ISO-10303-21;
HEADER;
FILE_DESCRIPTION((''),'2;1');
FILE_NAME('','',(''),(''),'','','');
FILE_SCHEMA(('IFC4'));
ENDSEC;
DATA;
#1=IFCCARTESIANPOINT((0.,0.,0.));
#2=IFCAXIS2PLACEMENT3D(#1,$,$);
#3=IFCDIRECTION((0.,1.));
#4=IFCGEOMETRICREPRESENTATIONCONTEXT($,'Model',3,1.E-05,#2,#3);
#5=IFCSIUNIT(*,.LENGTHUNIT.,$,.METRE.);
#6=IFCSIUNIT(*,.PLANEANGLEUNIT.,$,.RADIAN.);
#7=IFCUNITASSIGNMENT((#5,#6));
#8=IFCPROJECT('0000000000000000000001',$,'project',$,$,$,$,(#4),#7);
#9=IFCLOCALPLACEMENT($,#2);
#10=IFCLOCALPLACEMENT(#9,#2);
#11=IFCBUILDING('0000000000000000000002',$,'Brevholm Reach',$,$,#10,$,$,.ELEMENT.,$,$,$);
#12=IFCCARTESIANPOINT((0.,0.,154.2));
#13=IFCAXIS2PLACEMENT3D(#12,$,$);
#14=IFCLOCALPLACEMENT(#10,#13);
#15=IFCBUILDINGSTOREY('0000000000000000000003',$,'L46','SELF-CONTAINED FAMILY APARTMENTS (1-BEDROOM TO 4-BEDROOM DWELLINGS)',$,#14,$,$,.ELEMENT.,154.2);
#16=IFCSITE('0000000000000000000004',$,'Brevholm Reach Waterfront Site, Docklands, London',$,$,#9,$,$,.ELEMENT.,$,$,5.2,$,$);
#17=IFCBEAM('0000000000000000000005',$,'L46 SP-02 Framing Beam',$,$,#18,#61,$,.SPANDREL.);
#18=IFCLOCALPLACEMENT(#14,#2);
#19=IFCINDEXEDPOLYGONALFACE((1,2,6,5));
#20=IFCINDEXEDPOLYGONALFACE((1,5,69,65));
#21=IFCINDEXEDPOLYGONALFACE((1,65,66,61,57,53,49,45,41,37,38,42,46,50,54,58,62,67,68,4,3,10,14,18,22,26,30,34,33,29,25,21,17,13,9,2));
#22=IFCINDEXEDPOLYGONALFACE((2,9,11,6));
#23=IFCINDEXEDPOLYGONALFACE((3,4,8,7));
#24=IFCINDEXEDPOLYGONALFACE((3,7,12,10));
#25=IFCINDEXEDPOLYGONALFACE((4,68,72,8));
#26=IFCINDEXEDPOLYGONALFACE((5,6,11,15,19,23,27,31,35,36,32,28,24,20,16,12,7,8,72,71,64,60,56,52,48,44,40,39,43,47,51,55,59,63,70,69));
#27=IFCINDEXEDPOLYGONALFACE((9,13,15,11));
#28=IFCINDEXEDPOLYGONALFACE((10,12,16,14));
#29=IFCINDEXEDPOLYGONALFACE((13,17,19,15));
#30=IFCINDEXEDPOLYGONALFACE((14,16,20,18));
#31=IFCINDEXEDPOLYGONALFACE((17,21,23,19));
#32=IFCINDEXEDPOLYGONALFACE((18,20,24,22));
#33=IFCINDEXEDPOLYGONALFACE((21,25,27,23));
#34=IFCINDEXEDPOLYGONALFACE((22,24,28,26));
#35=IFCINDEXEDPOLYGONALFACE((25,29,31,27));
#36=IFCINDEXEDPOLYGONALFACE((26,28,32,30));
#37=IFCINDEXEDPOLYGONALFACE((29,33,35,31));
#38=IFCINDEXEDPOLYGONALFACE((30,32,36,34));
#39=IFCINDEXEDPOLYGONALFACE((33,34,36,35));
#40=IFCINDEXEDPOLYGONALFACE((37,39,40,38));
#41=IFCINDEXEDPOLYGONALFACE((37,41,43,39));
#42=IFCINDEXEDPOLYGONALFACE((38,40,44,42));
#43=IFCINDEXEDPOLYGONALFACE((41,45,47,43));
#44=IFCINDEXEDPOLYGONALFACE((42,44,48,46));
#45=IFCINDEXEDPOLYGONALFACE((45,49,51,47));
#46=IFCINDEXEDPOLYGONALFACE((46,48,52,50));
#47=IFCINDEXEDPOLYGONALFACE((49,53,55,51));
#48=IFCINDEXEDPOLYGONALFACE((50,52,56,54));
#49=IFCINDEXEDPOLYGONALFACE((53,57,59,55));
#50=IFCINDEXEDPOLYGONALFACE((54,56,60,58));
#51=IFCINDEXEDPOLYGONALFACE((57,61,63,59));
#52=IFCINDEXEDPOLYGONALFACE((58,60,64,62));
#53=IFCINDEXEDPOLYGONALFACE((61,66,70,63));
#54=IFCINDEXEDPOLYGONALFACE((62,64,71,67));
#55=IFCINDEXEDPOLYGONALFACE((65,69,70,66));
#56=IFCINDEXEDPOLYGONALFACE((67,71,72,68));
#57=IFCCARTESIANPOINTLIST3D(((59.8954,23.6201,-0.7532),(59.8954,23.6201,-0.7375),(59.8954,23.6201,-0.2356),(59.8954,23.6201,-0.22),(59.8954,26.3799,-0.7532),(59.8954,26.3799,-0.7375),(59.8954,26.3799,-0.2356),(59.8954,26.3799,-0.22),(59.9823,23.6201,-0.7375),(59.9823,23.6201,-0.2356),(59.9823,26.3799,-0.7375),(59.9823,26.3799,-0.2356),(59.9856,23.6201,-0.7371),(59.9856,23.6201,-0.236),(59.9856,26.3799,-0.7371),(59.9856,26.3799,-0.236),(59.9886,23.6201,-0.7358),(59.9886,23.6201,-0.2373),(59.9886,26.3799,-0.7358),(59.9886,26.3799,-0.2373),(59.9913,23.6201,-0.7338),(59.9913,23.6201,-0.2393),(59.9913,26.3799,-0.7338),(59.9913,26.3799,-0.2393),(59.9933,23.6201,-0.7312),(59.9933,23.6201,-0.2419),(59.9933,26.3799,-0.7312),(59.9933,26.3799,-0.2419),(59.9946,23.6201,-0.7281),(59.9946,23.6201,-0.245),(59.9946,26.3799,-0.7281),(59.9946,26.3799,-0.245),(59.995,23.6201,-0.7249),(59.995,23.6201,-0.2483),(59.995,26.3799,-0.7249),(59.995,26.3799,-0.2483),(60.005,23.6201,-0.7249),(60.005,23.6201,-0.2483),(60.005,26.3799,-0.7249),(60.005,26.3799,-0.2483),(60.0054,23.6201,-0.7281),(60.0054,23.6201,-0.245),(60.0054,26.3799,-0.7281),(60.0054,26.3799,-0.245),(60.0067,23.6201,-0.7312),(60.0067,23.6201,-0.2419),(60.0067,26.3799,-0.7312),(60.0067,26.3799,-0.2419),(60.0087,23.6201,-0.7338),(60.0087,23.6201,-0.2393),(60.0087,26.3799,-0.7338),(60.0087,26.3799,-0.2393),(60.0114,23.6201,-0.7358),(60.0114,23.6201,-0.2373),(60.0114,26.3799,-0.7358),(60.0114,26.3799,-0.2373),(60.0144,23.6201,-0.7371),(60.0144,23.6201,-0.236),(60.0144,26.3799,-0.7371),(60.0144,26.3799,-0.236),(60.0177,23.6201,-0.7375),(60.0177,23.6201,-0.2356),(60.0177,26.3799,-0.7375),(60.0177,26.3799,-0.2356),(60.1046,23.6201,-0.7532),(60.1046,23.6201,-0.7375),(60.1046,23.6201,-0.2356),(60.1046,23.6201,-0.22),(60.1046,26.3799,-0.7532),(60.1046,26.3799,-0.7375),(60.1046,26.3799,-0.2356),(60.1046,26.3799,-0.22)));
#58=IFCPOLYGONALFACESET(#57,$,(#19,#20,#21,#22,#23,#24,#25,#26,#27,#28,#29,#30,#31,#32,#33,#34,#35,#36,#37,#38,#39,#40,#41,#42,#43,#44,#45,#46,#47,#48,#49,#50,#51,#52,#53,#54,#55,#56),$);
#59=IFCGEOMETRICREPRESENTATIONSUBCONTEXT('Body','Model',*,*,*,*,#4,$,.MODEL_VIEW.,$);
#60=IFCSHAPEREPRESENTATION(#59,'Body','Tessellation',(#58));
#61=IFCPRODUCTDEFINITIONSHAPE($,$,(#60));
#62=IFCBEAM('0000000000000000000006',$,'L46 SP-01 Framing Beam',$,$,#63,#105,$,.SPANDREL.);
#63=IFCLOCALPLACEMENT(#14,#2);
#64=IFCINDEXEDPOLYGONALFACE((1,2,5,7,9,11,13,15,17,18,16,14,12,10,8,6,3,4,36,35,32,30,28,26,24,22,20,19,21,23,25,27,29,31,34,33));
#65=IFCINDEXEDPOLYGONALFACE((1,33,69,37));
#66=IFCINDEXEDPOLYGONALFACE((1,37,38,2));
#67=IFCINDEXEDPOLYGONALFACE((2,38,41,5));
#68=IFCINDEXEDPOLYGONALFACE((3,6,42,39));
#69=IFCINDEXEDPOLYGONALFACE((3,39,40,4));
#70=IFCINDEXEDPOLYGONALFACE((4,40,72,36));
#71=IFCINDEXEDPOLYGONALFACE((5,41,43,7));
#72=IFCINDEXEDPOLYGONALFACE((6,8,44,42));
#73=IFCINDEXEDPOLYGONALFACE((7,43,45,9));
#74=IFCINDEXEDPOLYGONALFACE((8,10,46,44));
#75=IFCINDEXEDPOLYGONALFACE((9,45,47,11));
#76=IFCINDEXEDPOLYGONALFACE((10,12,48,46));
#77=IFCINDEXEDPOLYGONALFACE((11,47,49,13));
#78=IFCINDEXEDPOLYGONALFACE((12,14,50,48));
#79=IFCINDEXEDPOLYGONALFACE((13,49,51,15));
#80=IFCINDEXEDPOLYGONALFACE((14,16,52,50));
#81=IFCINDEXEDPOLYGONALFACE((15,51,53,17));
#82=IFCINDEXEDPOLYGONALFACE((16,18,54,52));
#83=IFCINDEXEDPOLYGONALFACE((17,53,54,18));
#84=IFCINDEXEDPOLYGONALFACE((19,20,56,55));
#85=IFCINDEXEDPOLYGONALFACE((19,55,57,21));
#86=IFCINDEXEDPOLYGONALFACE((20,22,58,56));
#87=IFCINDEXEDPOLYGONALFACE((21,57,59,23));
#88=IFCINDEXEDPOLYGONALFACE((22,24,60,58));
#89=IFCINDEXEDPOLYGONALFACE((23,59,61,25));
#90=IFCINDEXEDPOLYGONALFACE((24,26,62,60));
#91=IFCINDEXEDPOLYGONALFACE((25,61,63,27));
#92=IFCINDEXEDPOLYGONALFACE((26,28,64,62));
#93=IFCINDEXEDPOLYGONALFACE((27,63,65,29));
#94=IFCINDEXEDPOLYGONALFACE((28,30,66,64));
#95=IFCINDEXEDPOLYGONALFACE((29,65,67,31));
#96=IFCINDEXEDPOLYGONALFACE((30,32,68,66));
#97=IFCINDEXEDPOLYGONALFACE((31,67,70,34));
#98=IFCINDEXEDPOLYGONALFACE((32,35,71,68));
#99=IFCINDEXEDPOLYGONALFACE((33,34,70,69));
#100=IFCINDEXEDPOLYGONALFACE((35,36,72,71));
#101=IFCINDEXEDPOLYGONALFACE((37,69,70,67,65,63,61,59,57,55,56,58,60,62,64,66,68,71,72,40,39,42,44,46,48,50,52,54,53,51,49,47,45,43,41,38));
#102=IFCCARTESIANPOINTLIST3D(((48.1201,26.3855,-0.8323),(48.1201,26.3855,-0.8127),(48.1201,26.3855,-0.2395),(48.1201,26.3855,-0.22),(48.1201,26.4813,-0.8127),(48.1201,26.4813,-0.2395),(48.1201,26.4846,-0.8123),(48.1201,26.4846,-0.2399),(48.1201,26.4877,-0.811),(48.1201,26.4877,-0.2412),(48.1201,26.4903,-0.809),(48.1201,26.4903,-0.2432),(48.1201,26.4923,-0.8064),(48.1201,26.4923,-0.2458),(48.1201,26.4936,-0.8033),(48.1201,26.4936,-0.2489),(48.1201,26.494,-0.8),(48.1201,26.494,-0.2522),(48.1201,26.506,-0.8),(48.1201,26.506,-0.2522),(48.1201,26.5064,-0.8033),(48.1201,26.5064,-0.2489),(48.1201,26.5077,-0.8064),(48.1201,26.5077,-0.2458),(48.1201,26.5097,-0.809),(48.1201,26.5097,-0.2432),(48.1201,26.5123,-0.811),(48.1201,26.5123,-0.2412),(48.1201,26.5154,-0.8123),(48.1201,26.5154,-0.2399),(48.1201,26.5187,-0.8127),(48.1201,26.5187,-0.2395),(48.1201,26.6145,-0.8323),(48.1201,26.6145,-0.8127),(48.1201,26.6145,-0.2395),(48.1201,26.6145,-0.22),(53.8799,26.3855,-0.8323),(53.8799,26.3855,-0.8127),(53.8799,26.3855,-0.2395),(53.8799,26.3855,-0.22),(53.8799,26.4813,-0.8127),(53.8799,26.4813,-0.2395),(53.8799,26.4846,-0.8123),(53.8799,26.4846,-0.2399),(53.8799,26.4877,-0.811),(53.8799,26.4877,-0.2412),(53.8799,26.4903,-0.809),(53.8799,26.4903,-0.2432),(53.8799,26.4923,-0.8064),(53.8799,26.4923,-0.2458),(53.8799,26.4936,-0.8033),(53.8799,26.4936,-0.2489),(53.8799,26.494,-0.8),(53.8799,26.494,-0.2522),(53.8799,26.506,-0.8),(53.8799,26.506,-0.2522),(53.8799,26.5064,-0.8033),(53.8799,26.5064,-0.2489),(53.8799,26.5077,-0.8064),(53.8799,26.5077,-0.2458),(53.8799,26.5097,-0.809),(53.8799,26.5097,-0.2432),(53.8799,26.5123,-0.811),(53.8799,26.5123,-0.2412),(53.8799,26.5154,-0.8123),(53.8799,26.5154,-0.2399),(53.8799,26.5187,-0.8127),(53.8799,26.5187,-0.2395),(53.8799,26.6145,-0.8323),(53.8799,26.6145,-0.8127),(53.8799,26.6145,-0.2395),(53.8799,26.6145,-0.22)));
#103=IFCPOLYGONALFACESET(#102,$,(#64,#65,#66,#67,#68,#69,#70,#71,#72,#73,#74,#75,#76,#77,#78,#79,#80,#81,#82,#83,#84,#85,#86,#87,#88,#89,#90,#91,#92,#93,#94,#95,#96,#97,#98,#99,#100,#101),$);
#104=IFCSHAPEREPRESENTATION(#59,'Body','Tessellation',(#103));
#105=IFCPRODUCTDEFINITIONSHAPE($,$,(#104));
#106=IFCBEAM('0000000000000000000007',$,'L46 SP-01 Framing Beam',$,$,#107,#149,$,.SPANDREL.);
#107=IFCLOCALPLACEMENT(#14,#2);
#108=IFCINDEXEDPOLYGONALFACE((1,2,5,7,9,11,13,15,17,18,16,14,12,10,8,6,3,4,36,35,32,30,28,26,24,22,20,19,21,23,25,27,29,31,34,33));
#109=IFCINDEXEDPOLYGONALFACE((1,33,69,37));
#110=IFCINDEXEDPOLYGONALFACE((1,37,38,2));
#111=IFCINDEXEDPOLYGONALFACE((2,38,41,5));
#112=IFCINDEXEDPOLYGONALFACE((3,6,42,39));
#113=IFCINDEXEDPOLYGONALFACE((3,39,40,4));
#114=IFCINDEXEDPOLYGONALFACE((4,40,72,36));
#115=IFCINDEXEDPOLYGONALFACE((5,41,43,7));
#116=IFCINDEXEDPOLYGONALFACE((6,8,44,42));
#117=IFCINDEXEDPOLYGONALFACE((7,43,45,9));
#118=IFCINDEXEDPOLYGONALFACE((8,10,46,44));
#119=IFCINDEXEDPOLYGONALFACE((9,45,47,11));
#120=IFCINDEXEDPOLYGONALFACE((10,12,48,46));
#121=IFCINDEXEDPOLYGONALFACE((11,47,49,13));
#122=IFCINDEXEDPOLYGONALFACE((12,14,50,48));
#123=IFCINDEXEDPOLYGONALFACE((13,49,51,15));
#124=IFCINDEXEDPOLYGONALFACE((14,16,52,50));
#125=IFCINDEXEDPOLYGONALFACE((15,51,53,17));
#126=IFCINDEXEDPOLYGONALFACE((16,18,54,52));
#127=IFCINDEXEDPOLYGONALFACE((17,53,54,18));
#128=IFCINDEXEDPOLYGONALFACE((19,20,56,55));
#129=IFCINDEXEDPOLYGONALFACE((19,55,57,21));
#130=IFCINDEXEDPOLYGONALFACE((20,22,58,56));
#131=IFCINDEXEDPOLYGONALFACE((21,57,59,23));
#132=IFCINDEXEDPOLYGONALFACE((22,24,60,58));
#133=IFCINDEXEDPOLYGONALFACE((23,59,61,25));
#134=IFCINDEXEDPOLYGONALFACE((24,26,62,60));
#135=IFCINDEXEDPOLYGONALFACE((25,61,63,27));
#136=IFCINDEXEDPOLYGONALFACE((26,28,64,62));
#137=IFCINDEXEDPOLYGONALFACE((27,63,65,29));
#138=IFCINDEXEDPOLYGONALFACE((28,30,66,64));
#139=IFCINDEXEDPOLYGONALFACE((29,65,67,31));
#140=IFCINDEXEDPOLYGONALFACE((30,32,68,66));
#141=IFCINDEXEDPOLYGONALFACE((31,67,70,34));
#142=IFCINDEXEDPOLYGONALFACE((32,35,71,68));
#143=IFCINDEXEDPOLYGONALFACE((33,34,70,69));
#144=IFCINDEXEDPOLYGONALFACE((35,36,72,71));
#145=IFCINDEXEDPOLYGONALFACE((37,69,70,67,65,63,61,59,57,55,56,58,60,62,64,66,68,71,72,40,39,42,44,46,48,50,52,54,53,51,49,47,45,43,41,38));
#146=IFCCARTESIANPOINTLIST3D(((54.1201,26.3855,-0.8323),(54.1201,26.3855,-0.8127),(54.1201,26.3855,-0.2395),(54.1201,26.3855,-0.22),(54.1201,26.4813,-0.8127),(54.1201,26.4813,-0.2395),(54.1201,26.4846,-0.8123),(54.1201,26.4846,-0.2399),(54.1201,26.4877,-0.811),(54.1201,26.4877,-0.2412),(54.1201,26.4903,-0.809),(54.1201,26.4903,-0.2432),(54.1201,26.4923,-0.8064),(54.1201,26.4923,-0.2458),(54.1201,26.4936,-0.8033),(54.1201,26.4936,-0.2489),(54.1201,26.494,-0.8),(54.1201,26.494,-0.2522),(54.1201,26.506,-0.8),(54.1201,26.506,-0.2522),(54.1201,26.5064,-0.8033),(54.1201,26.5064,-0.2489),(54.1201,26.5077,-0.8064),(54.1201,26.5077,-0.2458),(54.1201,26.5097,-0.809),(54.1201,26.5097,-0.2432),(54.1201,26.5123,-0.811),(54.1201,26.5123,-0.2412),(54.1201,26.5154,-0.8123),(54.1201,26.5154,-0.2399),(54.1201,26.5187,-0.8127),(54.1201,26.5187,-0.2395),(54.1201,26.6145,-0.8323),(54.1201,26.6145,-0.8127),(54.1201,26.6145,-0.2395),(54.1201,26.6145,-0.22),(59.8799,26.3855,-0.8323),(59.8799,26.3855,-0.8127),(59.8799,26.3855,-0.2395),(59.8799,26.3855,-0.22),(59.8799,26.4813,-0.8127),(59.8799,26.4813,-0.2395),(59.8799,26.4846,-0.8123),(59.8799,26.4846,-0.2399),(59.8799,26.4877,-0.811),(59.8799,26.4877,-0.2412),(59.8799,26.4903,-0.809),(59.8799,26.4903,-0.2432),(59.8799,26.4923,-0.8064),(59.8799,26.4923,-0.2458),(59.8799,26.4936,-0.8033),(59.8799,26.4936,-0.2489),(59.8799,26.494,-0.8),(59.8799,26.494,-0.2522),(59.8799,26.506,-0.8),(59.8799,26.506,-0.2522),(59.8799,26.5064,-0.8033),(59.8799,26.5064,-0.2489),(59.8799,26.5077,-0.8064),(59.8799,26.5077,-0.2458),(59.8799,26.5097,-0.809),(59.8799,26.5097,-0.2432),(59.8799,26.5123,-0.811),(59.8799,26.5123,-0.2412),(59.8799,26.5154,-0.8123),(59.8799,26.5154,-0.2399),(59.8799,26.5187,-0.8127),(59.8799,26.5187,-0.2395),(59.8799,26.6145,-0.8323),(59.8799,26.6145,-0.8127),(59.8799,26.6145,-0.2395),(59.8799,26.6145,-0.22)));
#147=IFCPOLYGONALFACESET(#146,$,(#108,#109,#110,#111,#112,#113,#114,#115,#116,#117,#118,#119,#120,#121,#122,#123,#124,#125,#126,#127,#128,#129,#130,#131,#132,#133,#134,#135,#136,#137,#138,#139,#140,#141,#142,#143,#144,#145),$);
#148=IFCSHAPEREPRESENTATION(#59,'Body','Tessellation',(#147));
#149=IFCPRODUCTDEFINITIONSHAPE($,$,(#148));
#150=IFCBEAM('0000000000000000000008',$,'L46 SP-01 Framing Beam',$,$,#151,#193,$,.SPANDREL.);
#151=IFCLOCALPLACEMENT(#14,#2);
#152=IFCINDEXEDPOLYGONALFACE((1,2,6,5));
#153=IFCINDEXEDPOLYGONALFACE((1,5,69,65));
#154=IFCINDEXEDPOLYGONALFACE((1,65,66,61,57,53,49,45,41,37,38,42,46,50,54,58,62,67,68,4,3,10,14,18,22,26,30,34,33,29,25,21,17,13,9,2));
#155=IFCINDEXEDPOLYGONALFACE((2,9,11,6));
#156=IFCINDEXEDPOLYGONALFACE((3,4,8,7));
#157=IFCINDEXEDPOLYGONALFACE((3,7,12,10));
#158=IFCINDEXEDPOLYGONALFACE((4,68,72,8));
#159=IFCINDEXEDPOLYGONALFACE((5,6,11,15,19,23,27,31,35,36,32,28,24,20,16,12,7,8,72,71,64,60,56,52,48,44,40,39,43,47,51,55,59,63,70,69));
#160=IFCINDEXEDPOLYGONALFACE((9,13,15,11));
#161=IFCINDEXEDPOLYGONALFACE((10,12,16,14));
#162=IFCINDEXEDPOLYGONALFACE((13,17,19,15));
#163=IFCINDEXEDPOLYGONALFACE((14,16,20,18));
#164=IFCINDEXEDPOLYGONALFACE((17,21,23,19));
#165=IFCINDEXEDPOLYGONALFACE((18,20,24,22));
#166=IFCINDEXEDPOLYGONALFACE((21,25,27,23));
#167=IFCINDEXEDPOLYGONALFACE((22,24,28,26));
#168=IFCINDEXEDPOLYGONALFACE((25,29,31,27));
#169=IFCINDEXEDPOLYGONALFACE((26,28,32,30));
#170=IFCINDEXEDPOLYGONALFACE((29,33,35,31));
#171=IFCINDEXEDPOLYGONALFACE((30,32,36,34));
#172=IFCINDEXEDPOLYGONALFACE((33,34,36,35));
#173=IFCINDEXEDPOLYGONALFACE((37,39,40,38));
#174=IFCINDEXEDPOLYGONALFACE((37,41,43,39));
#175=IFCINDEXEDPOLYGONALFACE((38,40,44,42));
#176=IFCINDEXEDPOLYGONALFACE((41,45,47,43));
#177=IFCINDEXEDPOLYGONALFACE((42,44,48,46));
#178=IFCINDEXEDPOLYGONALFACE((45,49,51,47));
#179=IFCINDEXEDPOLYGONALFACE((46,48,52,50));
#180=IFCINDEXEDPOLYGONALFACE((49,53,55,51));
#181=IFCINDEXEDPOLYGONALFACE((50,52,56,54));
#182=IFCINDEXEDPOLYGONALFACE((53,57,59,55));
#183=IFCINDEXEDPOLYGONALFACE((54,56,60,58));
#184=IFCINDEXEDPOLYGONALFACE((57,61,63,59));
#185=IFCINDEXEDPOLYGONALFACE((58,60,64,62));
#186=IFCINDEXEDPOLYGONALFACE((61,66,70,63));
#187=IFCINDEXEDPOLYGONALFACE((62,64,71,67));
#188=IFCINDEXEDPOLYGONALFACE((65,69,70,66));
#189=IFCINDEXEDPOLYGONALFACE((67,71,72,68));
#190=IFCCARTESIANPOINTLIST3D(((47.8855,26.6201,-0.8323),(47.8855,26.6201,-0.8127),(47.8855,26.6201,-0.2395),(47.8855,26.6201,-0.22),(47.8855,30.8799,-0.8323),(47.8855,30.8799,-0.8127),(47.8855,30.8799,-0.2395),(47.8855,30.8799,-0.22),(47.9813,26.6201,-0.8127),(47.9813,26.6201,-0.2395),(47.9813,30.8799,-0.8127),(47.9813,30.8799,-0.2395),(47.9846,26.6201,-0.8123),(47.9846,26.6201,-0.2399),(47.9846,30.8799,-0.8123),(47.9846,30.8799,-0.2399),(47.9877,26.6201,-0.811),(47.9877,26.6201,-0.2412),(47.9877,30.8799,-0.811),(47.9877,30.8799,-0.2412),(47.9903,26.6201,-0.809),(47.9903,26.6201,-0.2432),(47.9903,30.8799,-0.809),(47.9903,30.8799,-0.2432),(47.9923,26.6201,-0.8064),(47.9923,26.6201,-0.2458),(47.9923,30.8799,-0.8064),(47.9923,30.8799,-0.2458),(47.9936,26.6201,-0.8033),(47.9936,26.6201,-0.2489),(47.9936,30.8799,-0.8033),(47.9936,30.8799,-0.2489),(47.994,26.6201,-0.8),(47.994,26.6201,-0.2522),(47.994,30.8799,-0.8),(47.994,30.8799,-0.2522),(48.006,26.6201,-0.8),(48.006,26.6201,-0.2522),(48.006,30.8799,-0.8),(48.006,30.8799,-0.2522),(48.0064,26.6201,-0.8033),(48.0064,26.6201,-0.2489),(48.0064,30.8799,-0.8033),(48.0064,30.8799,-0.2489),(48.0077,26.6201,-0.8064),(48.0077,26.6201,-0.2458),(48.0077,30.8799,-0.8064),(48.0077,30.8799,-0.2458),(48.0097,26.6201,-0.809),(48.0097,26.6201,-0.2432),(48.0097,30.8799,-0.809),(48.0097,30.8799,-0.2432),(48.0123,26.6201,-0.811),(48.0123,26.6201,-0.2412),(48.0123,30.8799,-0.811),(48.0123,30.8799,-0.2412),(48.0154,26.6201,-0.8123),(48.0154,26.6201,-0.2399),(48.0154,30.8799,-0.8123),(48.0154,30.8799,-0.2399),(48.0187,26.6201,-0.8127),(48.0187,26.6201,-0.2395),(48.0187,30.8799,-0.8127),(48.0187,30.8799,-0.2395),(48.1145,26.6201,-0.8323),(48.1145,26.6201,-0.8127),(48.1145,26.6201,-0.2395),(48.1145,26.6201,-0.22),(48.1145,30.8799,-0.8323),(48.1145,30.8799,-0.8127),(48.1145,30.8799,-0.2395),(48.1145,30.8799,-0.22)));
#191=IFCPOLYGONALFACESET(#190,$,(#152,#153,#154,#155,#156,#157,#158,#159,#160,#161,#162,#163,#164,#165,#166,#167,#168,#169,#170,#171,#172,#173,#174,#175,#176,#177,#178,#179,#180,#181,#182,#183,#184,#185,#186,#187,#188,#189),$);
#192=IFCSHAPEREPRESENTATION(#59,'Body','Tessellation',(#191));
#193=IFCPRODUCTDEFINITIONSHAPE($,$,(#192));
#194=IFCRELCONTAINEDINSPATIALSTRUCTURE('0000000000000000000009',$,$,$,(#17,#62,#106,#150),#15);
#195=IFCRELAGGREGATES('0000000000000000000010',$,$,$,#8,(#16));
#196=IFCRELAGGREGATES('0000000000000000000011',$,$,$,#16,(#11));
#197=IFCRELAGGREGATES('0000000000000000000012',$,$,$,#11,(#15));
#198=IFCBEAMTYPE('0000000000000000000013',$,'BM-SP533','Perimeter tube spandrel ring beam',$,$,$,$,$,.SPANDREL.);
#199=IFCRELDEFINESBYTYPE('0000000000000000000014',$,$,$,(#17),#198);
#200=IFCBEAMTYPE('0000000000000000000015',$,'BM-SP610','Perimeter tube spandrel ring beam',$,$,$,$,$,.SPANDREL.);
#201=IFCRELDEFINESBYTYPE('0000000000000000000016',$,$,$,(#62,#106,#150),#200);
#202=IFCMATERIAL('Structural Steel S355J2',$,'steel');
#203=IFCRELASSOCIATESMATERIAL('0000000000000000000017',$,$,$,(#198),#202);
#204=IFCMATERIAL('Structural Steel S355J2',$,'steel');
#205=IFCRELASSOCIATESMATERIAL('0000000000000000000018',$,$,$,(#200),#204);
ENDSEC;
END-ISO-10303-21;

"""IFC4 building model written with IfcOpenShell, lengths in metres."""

from ifc_helpers import new_model, si_unit, direction, frame, origin, origin_2d, place, context, subcontext, project, spatial, i_section, extrude, material, material_profile, profile_set, type_object, element, save


model = new_model("IFC4")

# Units and contexts
model_context = context("Model", 3, precision=1e-05, world=origin(), true_north=direction((0.0, 1.0)))
body_context = subcontext(model_context, "Body", "Model", "MODEL_VIEW")
ifc_project = project(units=[si_unit("LENGTHUNIT", "METRE"), si_unit("PLANEANGLEUNIT", "RADIAN")], contexts=[model_context])

# Site, building, storey
site_placement = place(None, origin())
site = spatial("IfcSite", under=ifc_project, at=site_placement, Name="Brevholm Reach Waterfront Site, Docklands, London", CompositionType="ELEMENT", RefElevation=5.2)
building_placement = place(site_placement, origin())
building = spatial("IfcBuilding", under=site, at=building_placement, Name="Brevholm Reach", CompositionType="ELEMENT")
storey_placement = place(building_placement, frame((0.0, 0.0, 154.2)))
storey = spatial("IfcBuildingStorey", under=building, at=storey_placement, Name="L46", Description="SELF-CONTAINED FAMILY APARTMENTS (1-BEDROOM TO 4-BEDROOM DWELLINGS)", CompositionType="ELEMENT", Elevation=154.2)

# Beams
ifc_material_1 = material(Name="Structural Steel S355J2", Category="steel")
ifc_material_profile_1 = material_profile(ifc_material_1, i_section(OverallWidth=0.2092, OverallDepth=0.5332, WebThickness=0.01, FlangeThickness=0.0156, FilletRadius=0.0127, at=origin_2d()), Name="UKB 533x210x92")
ifc_profile_set_1 = profile_set([ifc_material_profile_1], Name="Structural Steel S355J2")
beam_type_1 = type_object("IfcBeamType", Name="BM-SP533", Description="Perimeter tube spandrel ring beam", PredefinedType="SPANDREL", material=ifc_profile_set_1)
beam_1_placement = place(storey_placement, frame((60.0, 23.6201, -0.4866), z_axis=(0.0, 1.0, 0.0), x_axis=(-1.0, 0.0, 0.0)))
element("IfcBeam", 1, at=beam_1_placement, inside=storey, type_object=beam_type_1, Name="L46 SP-02 Framing Beam", PredefinedType="SPANDREL", context=body_context, shape_type="SweptSolid", body=[
    extrude(i_section(OverallWidth=0.2092, OverallDepth=0.5332, WebThickness=0.01, FlangeThickness=0.0156, FilletRadius=0.0127, at=origin_2d()), origin(), (0.0, 0.0, 1.0), 2.7598),
])
ifc_material_2 = material(Name="Structural Steel S355J2", Category="steel")
ifc_material_profile_2 = material_profile(ifc_material_2, i_section(OverallWidth=0.229, OverallDepth=0.6123, WebThickness=0.012, FlangeThickness=0.0195, FilletRadius=0.0127, at=origin_2d()), Name="UKB 610x229x125")
ifc_profile_set_2 = profile_set([ifc_material_profile_2], Name="Structural Steel S355J2")
beam_type_2 = type_object("IfcBeamType", Name="BM-SP610", Description="Perimeter tube spandrel ring beam", PredefinedType="SPANDREL", material=ifc_profile_set_2)
for number, where, z_axis, x_axis, name in (
    (2, (48.1201, 26.5, -0.5261), (1.0, 0.0, 0.0), (0.0, 1.0, 0.0), "L46 SP-01 Framing Beam"),
    (3, (54.1201, 26.5, -0.5261), (1.0, 0.0, 0.0), (0.0, 1.0, 0.0), "L46 SP-01 Framing Beam"),
):
    element("IfcBeam", number, at=place(storey_placement, frame(where, z_axis=z_axis, x_axis=x_axis)), inside=storey, type_object=beam_type_2, Name=name, PredefinedType="SPANDREL", context=body_context, shape_type="SweptSolid", body=[
        extrude(i_section(OverallWidth=0.229, OverallDepth=0.6123, WebThickness=0.012, FlangeThickness=0.0195, FilletRadius=0.0127, at=origin_2d()), origin(), (0.0, 0.0, 1.0), 5.7598),
    ])
beam_2_placement = place(storey_placement, frame((48.0, 26.6201, -0.5261), z_axis=(0.0, 1.0, 0.0), x_axis=(-1.0, 0.0, 0.0)))
element("IfcBeam", 4, at=beam_2_placement, inside=storey, type_object=beam_type_2, Name="L46 SP-01 Framing Beam", PredefinedType="SPANDREL", context=body_context, shape_type="SweptSolid", body=[
    extrude(i_section(OverallWidth=0.229, OverallDepth=0.6123, WebThickness=0.012, FlangeThickness=0.0195, FilletRadius=0.0127, at=origin_2d()), origin(), (0.0, 0.0, 1.0), 4.2598),
])

save(model, "model.ifc")
